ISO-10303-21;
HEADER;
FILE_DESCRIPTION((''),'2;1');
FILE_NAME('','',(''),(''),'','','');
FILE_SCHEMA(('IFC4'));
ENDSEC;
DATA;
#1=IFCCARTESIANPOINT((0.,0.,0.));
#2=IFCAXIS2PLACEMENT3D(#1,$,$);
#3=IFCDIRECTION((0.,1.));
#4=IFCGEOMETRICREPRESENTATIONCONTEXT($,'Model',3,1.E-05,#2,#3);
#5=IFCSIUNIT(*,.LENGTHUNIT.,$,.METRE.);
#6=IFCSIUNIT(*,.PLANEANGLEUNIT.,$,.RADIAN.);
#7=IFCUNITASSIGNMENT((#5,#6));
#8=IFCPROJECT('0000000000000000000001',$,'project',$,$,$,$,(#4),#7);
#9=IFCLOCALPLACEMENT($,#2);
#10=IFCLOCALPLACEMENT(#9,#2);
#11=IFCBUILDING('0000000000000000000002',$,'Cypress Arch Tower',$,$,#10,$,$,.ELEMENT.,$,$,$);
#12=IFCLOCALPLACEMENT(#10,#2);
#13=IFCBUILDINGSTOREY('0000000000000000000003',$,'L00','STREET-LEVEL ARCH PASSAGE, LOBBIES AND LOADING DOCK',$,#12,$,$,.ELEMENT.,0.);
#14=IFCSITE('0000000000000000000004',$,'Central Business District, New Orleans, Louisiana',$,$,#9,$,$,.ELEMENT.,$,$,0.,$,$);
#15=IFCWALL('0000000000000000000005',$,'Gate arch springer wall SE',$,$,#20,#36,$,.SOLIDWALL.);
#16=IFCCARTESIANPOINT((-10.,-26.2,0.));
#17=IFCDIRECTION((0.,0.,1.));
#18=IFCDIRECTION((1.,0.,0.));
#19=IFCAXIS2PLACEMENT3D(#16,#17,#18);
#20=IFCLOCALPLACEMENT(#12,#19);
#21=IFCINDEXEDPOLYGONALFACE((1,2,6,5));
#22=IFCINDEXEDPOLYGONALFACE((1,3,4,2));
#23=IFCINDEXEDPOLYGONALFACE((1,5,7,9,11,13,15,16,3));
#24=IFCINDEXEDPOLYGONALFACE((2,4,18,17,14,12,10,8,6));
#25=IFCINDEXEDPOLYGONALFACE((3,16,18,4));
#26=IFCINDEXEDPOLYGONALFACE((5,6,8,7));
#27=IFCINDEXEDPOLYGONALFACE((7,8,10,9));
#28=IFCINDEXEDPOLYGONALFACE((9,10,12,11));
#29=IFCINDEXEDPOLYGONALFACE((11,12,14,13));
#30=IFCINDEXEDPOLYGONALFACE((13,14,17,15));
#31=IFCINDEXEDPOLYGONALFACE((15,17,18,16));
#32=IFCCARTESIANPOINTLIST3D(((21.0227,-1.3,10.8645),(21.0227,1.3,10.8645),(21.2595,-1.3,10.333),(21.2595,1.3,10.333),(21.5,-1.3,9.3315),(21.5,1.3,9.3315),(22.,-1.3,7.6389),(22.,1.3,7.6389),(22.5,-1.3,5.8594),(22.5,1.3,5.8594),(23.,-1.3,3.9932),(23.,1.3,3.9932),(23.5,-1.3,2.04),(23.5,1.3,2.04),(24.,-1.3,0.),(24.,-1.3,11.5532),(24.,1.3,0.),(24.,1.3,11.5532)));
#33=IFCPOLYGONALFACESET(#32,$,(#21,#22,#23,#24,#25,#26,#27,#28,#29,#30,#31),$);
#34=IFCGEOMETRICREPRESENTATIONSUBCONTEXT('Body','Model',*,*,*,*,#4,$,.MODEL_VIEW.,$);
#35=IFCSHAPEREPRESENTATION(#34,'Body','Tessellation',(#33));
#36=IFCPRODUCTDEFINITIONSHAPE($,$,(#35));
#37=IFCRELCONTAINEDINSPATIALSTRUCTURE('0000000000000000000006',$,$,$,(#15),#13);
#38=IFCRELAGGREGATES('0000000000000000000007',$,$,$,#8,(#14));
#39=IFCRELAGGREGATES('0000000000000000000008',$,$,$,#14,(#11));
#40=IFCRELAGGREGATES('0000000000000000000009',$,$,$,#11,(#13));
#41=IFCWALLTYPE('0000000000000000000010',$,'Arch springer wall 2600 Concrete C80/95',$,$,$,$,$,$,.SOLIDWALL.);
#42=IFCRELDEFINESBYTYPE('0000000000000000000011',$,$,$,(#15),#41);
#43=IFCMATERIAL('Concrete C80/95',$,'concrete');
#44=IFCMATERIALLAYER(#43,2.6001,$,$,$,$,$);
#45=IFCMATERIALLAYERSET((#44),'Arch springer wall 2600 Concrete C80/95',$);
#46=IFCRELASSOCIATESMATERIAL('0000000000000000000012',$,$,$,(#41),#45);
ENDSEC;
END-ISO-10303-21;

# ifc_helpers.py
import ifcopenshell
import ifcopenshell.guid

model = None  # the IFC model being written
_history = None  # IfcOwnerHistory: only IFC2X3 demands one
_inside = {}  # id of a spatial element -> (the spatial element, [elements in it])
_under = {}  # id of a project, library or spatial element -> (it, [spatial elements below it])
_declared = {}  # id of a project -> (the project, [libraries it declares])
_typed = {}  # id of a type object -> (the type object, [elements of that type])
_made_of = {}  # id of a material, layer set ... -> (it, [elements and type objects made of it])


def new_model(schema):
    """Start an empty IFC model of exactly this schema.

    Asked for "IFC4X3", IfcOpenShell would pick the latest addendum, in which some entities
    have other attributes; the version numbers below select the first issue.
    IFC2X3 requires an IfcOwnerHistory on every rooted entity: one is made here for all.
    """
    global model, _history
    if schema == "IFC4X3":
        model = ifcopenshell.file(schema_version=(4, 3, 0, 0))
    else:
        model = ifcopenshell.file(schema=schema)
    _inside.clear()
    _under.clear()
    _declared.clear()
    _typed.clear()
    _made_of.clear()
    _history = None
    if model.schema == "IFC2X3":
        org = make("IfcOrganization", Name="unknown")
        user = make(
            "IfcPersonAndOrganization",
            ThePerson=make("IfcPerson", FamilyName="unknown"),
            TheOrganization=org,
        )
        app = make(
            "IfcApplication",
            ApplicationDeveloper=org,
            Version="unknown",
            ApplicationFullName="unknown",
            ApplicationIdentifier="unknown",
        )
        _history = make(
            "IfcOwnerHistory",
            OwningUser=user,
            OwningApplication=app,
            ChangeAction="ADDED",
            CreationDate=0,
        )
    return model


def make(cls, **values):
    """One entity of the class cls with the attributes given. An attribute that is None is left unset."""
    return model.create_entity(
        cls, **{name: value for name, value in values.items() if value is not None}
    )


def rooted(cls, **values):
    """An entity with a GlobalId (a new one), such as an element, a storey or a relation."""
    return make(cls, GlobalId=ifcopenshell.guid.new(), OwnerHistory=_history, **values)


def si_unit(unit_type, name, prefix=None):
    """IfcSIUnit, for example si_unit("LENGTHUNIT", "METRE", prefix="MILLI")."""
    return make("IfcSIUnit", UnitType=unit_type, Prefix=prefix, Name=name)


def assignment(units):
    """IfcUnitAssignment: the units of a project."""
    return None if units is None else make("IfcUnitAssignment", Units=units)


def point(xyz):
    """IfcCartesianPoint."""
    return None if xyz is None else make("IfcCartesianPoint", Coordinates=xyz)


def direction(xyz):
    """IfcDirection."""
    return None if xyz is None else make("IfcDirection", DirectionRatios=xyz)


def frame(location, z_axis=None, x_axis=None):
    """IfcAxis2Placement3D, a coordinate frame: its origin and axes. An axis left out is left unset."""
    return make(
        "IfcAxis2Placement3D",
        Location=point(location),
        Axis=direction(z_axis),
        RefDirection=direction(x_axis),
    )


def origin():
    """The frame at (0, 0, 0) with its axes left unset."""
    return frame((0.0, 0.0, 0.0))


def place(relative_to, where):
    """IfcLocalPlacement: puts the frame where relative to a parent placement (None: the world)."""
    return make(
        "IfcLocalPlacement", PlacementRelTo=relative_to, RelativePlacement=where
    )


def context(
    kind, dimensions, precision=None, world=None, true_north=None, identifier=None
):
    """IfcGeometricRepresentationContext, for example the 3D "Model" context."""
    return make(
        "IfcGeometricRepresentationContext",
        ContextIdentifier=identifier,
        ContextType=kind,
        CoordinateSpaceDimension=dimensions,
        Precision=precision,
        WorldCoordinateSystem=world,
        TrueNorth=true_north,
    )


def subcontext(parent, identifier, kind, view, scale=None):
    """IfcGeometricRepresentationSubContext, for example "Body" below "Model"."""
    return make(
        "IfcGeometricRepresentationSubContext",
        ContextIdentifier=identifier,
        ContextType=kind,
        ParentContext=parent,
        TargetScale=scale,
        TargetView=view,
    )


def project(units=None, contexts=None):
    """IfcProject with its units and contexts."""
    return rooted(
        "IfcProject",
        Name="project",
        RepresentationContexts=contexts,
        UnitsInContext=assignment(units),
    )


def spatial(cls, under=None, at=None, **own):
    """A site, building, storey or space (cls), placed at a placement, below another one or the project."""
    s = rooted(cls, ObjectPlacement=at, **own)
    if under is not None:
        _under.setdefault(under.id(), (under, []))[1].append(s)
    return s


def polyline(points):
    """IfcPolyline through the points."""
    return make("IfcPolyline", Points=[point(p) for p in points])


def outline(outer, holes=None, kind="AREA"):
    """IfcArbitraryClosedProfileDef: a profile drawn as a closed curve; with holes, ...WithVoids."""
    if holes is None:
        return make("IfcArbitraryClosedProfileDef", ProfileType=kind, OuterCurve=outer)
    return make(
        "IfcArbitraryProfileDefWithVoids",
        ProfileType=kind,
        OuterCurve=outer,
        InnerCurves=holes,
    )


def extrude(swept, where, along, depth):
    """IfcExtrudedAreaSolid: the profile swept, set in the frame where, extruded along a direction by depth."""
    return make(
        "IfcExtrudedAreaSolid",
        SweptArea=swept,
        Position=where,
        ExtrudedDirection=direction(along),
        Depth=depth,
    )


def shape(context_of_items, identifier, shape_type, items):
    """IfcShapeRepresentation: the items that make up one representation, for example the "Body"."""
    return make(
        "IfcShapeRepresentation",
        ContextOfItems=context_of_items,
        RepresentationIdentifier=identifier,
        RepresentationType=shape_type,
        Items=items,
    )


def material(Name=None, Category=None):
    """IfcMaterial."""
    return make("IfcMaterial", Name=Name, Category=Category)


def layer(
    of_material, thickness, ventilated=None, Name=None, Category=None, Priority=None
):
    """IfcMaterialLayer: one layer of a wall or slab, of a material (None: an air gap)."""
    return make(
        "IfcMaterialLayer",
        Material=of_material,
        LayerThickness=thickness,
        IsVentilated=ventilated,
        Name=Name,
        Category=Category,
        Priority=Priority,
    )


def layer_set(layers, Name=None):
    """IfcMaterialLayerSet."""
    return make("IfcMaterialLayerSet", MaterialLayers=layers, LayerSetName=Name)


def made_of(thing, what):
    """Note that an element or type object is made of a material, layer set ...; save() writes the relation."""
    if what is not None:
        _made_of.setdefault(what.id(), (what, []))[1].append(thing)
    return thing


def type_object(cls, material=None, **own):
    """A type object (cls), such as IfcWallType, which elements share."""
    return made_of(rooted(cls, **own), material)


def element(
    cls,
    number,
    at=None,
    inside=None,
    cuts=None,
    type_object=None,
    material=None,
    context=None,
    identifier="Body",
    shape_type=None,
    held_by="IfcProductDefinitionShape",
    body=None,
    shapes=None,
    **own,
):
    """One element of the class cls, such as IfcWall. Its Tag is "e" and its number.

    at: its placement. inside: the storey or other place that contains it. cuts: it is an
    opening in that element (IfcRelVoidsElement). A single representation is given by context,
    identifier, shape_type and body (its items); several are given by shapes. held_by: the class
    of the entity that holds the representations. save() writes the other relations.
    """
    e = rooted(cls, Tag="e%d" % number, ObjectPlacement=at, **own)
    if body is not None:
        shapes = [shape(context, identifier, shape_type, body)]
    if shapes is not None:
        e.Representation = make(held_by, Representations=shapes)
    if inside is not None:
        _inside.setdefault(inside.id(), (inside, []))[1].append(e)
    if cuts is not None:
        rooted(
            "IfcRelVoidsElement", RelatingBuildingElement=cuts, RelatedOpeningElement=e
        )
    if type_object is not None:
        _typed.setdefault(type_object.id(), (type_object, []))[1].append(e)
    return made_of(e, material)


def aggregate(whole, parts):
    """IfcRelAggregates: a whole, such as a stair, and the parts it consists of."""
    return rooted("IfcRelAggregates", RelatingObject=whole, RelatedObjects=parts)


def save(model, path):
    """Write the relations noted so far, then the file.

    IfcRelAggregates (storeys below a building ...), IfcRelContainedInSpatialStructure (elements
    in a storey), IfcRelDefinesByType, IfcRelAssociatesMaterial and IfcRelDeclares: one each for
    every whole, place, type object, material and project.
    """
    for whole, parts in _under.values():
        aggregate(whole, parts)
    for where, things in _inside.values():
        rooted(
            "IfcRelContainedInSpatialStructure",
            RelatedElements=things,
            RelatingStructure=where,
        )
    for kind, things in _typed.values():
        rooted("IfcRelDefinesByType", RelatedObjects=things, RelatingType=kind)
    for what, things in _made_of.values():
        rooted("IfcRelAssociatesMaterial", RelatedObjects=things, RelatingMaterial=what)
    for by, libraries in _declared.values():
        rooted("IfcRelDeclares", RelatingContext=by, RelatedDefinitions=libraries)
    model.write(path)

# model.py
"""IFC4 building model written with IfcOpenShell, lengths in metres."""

from ifc_helpers import new_model, si_unit, direction, frame, origin, place, context, subcontext, project, spatial, polyline, outline, extrude, material, layer, layer_set, type_object, element, save


model = new_model("IFC4")

# Units and contexts
model_context = context("Model", 3, precision=1e-05, world=origin(), true_north=direction((0.0, 1.0)))
body_context = subcontext(model_context, "Body", "Model", "MODEL_VIEW")
ifc_project = project(units=[si_unit("LENGTHUNIT", "METRE"), si_unit("PLANEANGLEUNIT", "RADIAN")], contexts=[model_context])

# Site, building, storey
site_placement = place(None, origin())
site = spatial("IfcSite", under=ifc_project, at=site_placement, Name="Central Business District, New Orleans, Louisiana", CompositionType="ELEMENT", RefElevation=0.0)
building_placement = place(site_placement, origin())
building = spatial("IfcBuilding", under=site, at=building_placement, Name="Cypress Arch Tower", CompositionType="ELEMENT")
storey_placement = place(building_placement, origin())
storey = spatial("IfcBuildingStorey", under=building, at=storey_placement, Name="L00", Description="STREET-LEVEL ARCH PASSAGE, LOBBIES AND LOADING DOCK", CompositionType="ELEMENT", Elevation=0.0)

# Wall
ifc_material_1 = material(Name="Concrete C80/95", Category="concrete")
ifc_layer_1 = layer(ifc_material_1, 2.6001)
ifc_layer_set_1 = layer_set([ifc_layer_1], Name="Arch springer wall 2600 Concrete C80/95")
wall_type_1 = type_object("IfcWallType", Name="Arch springer wall 2600 Concrete C80/95", PredefinedType="SOLIDWALL", material=ifc_layer_set_1)
wall_1_placement = place(storey_placement, frame((-10.0, -26.2, 0.0), z_axis=(0.0, 0.0, 1.0), x_axis=(1.0, 0.0, 0.0)))
element("IfcWall", 1, at=wall_1_placement, inside=storey, type_object=wall_type_1, Name="Gate arch springer wall SE", PredefinedType="SOLIDWALL", context=body_context, shape_type="SweptSolid", body=[
    extrude(outline(polyline([(24.0, 0.0), (23.5, 2.04), (23.0, 3.9932), (22.5, 5.8594), (22.0, 7.6389), (21.5, 9.3315), (21.0227, 10.8645), (21.2595, 10.333), (24.0, 11.5532), (24.0, 0.0)])), frame((0.0, 1.3, 0.0), z_axis=(0.0, -1.0, 0.0), x_axis=(1.0, 0.0, 0.0)), (0.0, 0.0, 1.0), 2.6001),
])

save(model, "model.ifc")
